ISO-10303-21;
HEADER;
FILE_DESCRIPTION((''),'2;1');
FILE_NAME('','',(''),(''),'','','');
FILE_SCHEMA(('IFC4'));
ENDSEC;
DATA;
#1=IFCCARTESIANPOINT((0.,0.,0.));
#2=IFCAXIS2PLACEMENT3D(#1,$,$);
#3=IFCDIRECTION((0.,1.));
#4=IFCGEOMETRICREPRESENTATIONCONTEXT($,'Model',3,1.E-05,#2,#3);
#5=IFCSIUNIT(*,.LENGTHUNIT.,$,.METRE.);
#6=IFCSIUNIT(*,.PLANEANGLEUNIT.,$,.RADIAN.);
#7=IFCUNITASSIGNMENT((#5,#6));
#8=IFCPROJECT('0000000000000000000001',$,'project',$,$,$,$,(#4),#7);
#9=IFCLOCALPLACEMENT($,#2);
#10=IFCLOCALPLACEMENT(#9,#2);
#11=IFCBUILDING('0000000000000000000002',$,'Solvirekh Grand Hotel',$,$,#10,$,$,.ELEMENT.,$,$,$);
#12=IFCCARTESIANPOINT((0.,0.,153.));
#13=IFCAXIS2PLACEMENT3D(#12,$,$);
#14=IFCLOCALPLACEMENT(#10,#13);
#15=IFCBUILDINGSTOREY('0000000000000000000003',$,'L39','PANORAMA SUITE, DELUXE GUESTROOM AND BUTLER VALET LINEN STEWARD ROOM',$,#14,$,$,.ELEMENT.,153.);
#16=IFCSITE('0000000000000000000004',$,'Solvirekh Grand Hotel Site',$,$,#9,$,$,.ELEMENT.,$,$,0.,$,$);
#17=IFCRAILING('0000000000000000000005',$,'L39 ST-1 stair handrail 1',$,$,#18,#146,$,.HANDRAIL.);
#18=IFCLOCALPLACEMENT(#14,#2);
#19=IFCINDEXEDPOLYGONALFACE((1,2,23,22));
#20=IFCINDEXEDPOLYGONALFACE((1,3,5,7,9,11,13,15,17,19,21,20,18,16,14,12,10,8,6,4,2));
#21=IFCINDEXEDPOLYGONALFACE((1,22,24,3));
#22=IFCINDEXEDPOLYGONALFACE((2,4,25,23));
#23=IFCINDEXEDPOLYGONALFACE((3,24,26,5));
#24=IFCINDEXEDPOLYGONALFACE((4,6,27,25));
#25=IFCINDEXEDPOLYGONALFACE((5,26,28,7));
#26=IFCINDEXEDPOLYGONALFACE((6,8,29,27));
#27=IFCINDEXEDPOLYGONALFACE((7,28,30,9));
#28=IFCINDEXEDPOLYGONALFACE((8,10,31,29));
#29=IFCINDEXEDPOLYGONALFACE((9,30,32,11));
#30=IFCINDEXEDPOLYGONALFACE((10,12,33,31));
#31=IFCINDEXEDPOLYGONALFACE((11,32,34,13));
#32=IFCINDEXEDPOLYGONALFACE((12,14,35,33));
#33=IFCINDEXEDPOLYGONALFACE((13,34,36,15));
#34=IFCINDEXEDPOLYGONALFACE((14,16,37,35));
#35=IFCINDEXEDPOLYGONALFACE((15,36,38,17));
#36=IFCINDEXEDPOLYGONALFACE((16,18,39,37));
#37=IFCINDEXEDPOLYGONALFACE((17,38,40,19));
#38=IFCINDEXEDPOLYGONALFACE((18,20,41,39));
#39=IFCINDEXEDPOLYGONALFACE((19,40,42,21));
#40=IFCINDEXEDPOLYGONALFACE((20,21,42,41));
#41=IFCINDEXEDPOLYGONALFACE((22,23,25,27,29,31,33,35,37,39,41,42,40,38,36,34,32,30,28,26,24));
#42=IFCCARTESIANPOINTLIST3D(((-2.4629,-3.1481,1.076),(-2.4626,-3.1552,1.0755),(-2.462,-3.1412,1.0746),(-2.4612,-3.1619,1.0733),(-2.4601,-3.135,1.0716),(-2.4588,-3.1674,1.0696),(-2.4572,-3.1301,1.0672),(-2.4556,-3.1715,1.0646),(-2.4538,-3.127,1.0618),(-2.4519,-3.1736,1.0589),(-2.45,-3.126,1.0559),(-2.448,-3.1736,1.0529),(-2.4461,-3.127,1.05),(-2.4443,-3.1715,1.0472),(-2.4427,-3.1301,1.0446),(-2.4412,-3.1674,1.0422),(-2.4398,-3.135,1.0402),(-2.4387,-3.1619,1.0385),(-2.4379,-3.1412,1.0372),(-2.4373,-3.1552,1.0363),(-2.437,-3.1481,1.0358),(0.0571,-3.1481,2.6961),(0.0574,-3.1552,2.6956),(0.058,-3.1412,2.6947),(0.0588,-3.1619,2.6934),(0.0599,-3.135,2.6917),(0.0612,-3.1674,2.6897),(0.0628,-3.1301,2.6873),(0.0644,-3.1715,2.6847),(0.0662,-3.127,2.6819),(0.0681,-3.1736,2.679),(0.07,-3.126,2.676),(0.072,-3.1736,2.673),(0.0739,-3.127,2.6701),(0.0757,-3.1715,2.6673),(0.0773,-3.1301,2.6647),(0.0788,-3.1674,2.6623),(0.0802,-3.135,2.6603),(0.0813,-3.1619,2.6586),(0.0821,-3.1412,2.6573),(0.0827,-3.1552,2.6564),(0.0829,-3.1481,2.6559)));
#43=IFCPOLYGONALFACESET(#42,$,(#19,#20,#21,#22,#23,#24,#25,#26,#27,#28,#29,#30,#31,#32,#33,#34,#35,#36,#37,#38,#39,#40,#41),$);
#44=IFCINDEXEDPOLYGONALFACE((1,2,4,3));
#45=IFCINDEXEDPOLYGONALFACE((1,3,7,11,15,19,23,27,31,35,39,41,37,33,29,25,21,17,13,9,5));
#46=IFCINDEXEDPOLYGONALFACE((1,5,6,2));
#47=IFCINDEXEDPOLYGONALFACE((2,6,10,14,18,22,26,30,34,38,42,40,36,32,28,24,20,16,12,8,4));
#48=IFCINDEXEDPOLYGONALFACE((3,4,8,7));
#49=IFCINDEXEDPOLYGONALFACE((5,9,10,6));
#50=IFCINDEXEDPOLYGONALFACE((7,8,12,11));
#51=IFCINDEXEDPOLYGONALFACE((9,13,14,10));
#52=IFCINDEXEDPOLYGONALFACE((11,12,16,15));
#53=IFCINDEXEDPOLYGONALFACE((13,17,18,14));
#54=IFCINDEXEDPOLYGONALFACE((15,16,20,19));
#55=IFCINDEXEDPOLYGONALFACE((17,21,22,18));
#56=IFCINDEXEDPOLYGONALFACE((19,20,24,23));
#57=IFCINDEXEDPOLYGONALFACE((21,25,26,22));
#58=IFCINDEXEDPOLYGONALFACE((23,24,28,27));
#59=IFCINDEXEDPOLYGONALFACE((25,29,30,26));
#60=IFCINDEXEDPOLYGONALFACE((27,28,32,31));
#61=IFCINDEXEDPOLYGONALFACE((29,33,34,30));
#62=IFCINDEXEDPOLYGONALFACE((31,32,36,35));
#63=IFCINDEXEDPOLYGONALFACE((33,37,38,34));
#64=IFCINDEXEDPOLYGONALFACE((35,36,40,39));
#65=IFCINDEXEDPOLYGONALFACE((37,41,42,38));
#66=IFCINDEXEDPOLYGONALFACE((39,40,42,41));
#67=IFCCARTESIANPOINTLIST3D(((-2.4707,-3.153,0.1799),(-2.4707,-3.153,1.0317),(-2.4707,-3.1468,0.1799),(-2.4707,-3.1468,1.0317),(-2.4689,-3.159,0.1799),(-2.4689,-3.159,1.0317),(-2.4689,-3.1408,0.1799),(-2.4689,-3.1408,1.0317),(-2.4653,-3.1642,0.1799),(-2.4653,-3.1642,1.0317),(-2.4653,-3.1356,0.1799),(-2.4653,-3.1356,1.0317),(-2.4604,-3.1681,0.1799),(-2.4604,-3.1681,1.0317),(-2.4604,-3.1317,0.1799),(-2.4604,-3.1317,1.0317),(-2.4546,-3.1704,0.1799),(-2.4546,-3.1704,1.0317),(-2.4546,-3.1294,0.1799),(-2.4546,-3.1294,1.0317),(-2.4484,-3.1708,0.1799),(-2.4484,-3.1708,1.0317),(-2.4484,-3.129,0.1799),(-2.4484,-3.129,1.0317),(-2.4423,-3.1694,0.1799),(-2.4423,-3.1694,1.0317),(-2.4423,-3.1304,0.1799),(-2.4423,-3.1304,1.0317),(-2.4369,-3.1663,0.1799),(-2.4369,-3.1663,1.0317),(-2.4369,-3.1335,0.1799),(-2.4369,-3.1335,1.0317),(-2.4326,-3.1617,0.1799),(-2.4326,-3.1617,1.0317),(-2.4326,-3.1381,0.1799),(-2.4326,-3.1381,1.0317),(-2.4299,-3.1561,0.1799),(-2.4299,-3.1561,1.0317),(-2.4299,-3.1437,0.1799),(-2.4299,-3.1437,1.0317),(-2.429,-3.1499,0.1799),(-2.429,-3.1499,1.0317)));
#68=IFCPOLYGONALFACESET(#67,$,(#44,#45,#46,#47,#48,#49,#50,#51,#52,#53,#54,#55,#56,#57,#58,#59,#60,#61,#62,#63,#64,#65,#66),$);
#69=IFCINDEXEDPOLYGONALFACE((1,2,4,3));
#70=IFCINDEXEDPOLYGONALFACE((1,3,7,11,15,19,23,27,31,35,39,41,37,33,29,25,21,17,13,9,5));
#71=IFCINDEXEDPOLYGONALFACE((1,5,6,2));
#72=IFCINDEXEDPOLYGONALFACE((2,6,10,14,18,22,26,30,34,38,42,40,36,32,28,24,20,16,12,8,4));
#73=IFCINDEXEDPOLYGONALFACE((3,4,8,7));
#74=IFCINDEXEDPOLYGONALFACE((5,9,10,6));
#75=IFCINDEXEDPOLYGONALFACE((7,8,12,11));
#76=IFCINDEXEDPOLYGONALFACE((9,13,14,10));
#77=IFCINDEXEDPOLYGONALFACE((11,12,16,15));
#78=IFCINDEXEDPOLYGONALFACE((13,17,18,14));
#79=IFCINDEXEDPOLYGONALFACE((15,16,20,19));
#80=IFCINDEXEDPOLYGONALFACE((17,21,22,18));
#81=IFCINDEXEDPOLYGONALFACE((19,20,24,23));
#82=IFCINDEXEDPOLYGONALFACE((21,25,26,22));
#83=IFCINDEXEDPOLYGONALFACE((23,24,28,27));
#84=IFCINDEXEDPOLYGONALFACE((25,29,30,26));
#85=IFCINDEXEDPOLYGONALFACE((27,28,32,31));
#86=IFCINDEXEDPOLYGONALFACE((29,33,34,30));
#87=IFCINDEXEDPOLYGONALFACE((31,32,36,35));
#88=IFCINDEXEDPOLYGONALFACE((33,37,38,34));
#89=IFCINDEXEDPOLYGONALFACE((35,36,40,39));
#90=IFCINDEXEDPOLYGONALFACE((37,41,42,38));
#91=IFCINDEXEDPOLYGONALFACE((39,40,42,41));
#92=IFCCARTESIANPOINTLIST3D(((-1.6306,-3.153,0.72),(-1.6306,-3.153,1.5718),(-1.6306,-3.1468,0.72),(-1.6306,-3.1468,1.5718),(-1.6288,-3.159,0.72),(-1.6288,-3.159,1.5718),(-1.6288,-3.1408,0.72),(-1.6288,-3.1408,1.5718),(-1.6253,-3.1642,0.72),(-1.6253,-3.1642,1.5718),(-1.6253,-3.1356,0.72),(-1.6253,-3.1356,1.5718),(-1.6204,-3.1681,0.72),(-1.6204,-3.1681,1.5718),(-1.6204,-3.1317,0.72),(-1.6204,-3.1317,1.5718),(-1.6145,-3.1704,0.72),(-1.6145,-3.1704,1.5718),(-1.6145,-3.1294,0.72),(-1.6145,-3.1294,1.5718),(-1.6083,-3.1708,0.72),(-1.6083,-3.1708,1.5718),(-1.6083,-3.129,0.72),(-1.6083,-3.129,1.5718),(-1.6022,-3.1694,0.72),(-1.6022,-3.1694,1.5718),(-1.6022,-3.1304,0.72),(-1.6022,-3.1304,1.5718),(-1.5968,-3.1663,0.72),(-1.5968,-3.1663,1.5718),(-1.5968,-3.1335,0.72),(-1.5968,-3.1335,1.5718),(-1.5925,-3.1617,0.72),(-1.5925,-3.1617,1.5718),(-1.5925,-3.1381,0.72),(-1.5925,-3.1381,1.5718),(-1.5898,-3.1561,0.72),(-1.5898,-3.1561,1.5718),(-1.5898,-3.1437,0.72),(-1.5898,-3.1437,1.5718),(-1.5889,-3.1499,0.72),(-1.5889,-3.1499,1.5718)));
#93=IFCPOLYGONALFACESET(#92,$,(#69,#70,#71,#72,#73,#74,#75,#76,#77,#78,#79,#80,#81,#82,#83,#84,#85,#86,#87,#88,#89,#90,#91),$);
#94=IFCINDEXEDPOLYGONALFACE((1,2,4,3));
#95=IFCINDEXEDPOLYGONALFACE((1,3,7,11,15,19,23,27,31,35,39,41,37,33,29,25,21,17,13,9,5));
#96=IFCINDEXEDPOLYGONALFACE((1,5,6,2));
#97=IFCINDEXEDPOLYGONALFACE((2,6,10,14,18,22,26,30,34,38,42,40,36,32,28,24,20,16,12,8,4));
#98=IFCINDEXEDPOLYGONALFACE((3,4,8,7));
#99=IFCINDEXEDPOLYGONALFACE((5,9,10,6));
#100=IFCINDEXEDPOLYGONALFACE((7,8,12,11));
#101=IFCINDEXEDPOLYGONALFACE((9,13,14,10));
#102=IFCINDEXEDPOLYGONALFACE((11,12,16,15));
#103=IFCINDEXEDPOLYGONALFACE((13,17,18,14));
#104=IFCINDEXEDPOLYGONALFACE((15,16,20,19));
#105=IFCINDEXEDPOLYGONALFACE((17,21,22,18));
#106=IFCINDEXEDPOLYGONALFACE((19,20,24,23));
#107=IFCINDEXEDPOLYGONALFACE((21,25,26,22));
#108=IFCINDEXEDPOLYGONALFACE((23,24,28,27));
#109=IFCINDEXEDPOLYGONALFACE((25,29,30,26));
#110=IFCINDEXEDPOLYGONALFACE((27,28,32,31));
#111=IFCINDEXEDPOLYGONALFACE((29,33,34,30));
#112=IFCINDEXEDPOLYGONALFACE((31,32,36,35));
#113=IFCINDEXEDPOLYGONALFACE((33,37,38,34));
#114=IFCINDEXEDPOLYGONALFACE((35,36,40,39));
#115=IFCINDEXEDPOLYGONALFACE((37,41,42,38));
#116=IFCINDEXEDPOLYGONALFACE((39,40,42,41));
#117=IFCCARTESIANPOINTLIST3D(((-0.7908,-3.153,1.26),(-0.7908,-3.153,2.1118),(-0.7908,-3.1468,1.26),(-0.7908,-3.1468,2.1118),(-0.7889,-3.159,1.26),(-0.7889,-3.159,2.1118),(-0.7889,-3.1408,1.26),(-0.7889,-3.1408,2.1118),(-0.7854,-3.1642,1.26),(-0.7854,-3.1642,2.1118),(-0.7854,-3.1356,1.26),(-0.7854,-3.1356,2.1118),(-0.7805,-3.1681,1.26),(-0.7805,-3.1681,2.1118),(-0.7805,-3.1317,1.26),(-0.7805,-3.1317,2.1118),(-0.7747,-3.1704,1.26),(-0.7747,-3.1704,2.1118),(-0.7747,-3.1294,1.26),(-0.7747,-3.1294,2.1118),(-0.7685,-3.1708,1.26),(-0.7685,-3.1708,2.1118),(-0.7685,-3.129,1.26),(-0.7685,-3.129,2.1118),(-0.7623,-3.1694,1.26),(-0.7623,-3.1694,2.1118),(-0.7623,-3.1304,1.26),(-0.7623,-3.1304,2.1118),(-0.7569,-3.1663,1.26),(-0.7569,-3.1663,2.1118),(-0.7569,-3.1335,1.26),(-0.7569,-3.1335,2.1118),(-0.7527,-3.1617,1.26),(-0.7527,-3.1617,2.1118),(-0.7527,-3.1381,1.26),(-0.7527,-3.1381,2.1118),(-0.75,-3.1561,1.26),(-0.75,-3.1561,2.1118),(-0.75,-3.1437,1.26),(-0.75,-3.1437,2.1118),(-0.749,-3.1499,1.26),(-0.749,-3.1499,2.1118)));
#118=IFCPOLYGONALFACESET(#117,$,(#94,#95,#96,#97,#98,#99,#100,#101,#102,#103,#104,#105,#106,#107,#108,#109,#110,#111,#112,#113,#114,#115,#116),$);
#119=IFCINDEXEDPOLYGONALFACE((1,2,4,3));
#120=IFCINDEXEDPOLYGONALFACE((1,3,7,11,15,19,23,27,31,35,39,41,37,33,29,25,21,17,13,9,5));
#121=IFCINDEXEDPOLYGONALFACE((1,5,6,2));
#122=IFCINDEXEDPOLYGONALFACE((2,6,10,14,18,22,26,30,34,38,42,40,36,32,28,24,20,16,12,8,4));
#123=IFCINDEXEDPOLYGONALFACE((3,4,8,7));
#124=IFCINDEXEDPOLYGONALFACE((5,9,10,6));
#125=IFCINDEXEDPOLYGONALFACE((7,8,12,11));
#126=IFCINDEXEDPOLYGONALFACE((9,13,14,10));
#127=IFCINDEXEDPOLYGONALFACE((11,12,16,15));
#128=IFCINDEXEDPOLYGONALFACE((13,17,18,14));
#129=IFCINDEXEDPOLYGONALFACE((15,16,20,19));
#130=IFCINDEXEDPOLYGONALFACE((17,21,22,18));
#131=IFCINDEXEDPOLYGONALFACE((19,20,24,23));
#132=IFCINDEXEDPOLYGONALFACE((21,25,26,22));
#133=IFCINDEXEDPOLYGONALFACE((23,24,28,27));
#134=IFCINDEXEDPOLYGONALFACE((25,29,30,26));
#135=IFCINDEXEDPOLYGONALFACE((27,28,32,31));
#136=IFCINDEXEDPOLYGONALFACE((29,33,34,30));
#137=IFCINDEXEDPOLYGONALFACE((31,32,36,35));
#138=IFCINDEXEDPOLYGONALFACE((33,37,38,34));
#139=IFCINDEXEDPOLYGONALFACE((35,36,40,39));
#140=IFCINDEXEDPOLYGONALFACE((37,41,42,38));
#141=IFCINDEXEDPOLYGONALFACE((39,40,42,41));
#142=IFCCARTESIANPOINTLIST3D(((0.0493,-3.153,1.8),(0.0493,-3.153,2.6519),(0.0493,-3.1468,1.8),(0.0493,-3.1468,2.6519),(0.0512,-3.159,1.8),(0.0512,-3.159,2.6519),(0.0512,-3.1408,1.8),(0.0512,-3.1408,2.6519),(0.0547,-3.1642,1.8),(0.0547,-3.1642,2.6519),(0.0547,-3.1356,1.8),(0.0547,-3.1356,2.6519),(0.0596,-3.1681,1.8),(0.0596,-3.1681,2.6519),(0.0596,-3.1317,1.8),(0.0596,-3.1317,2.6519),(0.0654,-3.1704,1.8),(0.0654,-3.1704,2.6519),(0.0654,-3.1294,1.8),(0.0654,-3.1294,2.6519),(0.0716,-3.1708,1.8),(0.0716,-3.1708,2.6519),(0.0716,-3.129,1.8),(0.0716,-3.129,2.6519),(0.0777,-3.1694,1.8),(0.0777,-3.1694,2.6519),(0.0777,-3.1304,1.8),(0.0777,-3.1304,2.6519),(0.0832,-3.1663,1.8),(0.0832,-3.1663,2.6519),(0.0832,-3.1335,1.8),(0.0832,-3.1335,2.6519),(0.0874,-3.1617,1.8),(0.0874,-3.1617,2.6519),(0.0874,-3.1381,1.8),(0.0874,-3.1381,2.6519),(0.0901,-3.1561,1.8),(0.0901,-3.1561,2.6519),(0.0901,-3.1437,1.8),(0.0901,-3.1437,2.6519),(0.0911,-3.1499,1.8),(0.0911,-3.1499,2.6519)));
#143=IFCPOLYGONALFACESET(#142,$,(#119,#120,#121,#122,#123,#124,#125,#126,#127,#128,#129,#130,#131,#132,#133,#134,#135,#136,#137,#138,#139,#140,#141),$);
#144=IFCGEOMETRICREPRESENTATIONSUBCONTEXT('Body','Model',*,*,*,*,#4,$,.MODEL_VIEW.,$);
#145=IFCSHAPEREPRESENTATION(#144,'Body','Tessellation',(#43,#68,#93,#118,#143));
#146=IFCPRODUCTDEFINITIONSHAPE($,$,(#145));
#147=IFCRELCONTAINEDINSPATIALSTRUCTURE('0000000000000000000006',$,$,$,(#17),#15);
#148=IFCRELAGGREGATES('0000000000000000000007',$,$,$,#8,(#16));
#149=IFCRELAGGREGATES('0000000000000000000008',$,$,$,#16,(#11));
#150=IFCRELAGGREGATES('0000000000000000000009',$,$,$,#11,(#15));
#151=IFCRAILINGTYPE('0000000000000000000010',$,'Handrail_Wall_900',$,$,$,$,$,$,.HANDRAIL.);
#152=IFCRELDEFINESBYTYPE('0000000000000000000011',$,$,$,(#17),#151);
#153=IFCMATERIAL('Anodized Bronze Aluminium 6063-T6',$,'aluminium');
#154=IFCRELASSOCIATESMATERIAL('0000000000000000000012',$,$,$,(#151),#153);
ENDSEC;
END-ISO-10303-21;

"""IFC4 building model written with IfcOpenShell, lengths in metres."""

from ifc_helpers import new_model, si_unit, direction, frame, origin, origin_2d, place, context, subcontext, project, spatial, circle, extrude, material, type_object, element, save


model = new_model("IFC4")

# Units and contexts
model_context = context("Model", 3, precision=1e-05, world=origin(), true_north=direction((0.0, 1.0)))
body_context = subcontext(model_context, "Body", "Model", "MODEL_VIEW")
ifc_project = project(units=[si_unit("LENGTHUNIT", "METRE"), si_unit("PLANEANGLEUNIT", "RADIAN")], contexts=[model_context])

# Site, building, storey
site_placement = place(None, origin())
site = spatial("IfcSite", under=ifc_project, at=site_placement, Name="Solvirekh Grand Hotel Site", CompositionType="ELEMENT", RefElevation=0.0)
building_placement = place(site_placement, origin())
building = spatial("IfcBuilding", under=site, at=building_placement, Name="Solvirekh Grand Hotel", CompositionType="ELEMENT")
storey_placement = place(building_placement, frame((0.0, 0.0, 153.0)))
storey = spatial("IfcBuildingStorey", under=building, at=storey_placement, Name="L39", Description="PANORAMA SUITE, DELUXE GUESTROOM AND BUTLER VALET LINEN STEWARD ROOM", CompositionType="ELEMENT", Elevation=153.0)

# Railing
ifc_material_1 = material(Name="Anodized Bronze Aluminium 6063-T6", Category="aluminium")
railing_type_1 = type_object("IfcRailingType", Name="Handrail_Wall_900", PredefinedType="HANDRAIL", material=ifc_material_1)
railing_1_placement = place(storey_placement, frame((-2.45, -3.1499, 0.1799)))
element("IfcRailing", 1, at=railing_1_placement, inside=storey, type_object=railing_type_1, Name="L39 ST-1 stair handrail 1", PredefinedType="HANDRAIL", context=body_context, shape_type="SweptSolid", body=[
    extrude(circle(Radius=0.0239, at=origin_2d()), frame((0.0, 0.0, 0.876), z_axis=(0.841163, 0.0, 0.540782), x_axis=(0.0, 1.0, 0.0)), (0.0, 0.0, 1.0), 2.9958),
    extrude(circle(Radius=0.021, at=origin_2d()), origin(), (0.0, 0.0, 1.0), 0.8518),
    extrude(circle(Radius=0.021, at=origin_2d()), frame((0.8401, 0.0, 0.54)), (0.0, 0.0, 1.0), 0.8518),
    extrude(circle(Radius=0.021, at=origin_2d()), frame((1.6799, 0.0, 1.0801)), (0.0, 0.0, 1.0), 0.8518),
    extrude(circle(Radius=0.021, at=origin_2d()), frame((2.52, 0.0, 1.6201)), (0.0, 0.0, 1.0), 0.8518),
])

save(model, "model.ifc")
